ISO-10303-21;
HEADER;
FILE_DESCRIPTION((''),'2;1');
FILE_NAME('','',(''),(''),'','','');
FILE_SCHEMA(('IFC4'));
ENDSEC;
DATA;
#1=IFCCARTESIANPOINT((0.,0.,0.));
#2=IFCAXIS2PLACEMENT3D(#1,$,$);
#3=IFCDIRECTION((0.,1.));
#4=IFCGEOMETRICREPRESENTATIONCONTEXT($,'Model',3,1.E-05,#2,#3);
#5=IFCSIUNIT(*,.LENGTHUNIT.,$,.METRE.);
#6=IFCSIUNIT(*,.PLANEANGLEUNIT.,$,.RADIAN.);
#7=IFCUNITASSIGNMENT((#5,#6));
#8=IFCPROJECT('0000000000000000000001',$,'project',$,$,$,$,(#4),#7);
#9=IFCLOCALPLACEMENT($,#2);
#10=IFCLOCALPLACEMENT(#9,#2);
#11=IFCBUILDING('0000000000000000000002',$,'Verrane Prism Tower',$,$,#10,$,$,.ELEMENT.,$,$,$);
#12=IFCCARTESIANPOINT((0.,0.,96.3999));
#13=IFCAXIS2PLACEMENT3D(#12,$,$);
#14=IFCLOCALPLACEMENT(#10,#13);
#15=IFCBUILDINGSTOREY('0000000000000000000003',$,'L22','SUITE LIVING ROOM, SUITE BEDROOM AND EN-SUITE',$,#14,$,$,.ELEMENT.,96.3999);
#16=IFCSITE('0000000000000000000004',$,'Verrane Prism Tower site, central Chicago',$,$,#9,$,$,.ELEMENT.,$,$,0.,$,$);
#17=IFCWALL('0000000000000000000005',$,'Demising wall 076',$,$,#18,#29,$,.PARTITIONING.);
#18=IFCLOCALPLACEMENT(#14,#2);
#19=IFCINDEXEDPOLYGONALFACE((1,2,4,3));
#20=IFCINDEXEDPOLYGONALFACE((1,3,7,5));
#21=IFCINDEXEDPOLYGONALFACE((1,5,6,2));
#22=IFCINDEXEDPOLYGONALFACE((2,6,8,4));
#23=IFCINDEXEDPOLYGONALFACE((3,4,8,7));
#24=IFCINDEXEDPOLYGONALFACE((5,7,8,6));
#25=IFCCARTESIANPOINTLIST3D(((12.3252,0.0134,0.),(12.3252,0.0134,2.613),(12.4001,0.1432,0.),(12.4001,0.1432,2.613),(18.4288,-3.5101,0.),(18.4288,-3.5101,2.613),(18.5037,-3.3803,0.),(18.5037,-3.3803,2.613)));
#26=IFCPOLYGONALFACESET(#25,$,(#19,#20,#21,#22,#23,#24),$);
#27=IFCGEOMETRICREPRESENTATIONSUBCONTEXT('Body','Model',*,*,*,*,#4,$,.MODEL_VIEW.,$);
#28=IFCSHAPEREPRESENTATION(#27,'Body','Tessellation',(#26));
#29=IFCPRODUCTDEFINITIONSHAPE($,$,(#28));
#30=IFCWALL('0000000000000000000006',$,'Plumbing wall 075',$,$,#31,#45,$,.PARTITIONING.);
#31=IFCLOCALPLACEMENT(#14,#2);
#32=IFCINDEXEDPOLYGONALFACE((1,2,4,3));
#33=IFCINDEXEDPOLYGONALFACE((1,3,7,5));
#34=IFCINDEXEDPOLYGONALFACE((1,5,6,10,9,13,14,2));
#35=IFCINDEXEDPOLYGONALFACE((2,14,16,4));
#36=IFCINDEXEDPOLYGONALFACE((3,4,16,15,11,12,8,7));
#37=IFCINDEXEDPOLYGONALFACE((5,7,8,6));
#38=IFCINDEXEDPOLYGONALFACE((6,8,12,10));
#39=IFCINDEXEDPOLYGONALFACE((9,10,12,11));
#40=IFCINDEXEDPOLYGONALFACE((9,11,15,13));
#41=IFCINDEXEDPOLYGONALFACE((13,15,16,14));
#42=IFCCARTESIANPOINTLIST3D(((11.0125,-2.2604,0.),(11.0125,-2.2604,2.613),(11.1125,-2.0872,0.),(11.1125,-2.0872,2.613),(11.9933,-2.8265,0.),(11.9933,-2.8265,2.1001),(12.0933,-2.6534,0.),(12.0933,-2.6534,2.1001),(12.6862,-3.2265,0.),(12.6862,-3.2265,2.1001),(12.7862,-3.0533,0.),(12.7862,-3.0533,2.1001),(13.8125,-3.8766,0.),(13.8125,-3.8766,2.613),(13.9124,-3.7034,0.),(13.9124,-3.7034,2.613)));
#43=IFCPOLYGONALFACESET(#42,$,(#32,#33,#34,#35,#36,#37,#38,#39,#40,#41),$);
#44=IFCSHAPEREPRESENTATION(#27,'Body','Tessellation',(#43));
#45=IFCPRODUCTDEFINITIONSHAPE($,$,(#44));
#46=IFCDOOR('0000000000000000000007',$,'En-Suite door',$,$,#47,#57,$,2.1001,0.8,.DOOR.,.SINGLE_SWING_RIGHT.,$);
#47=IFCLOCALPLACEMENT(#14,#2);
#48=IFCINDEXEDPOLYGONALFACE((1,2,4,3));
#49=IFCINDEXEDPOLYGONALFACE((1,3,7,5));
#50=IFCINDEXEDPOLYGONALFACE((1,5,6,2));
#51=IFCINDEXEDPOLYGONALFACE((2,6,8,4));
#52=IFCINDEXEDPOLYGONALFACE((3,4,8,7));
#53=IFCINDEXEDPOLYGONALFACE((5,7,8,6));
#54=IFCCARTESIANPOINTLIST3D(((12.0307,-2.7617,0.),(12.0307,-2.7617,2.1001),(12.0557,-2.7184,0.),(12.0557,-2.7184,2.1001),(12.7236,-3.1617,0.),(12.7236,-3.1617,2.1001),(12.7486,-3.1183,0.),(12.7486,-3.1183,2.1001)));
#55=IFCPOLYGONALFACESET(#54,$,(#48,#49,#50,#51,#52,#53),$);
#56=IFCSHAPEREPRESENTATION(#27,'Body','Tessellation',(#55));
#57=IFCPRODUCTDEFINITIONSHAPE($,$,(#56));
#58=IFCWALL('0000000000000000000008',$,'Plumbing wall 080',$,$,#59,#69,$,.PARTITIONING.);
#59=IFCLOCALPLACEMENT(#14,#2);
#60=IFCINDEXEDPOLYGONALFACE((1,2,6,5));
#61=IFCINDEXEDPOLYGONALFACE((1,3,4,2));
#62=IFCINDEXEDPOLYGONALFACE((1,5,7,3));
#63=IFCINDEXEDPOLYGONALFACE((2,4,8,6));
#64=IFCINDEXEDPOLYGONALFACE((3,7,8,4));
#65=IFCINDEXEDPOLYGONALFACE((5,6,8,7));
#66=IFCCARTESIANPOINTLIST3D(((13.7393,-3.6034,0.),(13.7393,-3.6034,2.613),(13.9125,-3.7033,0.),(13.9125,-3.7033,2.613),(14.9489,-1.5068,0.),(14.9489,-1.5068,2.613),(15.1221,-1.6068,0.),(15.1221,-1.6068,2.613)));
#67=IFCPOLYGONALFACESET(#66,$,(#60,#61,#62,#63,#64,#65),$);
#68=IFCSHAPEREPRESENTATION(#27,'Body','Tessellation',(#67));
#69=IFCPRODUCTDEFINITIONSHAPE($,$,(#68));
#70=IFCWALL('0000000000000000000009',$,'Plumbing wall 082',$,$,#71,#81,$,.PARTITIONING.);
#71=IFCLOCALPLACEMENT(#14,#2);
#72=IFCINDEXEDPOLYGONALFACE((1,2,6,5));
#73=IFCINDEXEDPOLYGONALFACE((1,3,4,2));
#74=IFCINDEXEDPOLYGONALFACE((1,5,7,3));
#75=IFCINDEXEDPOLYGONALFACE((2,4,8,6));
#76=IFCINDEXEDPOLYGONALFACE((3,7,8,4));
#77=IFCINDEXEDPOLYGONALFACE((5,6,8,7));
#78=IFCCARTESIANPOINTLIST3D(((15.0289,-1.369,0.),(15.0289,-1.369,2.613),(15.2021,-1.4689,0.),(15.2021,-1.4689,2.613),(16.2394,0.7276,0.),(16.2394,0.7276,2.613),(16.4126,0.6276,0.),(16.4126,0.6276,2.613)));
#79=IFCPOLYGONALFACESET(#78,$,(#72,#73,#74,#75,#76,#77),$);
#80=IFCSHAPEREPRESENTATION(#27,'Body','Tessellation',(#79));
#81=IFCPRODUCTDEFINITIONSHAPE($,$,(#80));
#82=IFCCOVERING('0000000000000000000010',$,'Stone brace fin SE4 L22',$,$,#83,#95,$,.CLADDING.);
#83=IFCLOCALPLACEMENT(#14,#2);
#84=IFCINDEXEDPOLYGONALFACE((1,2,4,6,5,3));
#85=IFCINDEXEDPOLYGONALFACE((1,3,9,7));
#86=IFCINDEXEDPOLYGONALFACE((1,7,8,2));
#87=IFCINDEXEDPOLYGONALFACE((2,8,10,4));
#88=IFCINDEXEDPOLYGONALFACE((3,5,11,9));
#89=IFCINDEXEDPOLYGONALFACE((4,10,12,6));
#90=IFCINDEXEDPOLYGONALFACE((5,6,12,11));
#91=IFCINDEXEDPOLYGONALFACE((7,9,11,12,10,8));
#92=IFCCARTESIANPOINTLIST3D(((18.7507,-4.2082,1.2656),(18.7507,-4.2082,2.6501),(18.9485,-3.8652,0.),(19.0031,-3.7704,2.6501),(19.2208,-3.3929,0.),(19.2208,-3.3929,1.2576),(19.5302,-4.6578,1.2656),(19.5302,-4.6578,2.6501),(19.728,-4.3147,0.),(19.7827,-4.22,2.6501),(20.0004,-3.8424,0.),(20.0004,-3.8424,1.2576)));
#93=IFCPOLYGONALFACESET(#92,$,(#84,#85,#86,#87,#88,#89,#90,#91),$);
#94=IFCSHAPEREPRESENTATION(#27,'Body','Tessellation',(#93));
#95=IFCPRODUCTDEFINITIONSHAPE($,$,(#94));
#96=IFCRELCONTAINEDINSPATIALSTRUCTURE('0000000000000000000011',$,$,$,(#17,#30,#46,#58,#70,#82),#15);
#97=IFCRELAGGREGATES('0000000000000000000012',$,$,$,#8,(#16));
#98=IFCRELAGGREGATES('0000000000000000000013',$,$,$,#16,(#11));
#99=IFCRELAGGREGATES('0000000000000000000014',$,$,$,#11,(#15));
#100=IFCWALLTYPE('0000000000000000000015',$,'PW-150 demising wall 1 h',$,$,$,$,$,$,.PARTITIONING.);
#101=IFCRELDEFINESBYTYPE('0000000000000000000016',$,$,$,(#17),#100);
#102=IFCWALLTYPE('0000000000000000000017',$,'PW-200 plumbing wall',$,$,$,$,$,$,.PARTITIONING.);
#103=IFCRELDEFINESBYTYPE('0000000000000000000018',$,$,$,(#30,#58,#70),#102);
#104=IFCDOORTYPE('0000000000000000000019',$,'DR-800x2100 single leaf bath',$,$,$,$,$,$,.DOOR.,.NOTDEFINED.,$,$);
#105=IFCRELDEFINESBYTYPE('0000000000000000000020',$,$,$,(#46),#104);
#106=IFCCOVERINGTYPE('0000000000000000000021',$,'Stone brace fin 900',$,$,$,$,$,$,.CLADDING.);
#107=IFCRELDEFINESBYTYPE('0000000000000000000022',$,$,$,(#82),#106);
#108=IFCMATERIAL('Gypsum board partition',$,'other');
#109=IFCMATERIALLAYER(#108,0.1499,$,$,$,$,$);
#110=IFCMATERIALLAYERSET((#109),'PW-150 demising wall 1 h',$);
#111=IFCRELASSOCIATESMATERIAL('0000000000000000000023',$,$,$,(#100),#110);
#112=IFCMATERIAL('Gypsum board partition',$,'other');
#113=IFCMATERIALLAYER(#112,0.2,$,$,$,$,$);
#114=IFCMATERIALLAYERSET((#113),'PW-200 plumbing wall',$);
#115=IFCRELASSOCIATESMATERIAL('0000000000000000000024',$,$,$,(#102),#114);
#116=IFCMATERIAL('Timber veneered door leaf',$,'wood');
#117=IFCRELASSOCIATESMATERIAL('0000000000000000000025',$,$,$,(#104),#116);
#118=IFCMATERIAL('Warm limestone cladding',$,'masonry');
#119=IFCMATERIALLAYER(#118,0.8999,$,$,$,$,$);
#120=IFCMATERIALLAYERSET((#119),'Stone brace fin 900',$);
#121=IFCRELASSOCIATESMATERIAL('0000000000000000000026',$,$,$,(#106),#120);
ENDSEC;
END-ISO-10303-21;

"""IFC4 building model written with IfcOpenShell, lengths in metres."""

from ifc_helpers import new_model, si_unit, direction, frame, frame_2d, origin, place, context, subcontext, project, spatial, polyline, rectangle, outline, extrude, material, layer, layer_set, type_object, element, fill, save


model = new_model("IFC4")

# Units and contexts
model_context = context("Model", 3, precision=1e-05, world=origin(), true_north=direction((0.0, 1.0)))
body_context = subcontext(model_context, "Body", "Model", "MODEL_VIEW")
ifc_project = project(units=[si_unit("LENGTHUNIT", "METRE"), si_unit("PLANEANGLEUNIT", "RADIAN")], contexts=[model_context])

# Site, building, storey
site_placement = place(None, origin())
site = spatial("IfcSite", under=ifc_project, at=site_placement, Name="Verrane Prism Tower site, central Chicago", CompositionType="ELEMENT", RefElevation=0.0)
building_placement = place(site_placement, origin())
building = spatial("IfcBuilding", under=site, at=building_placement, Name="Verrane Prism Tower", CompositionType="ELEMENT")
storey_placement = place(building_placement, frame((0.0, 0.0, 96.3999)))
storey = spatial("IfcBuildingStorey", under=building, at=storey_placement, Name="L22", Description="SUITE LIVING ROOM, SUITE BEDROOM AND EN-SUITE", CompositionType="ELEMENT", Elevation=96.3999)

# Wall
ifc_material_1 = material(Name="Gypsum board partition", Category="other")
ifc_layer_1 = layer(ifc_material_1, 0.1499)
ifc_layer_set_1 = layer_set([ifc_layer_1], Name="PW-150 demising wall 1 h")
wall_type_1 = type_object("IfcWallType", Name="PW-150 demising wall 1 h", PredefinedType="PARTITIONING", material=ifc_layer_set_1)
wall_1_placement = place(storey_placement, frame((12.3625, 0.0784, 0.0), z_axis=(0.0, 0.0, 1.0), x_axis=(0.866052, -0.499954, 0.0)))
element("IfcWall", 1, at=wall_1_placement, inside=storey, type_object=wall_type_1, Name="Demising wall 076", PredefinedType="PARTITIONING", context=body_context, shape_type="SweptSolid", body=[
    extrude(rectangle(XDim=7.0476, YDim=0.1499, at=frame_2d((3.5239, 0.0))), origin(), (0.0, 0.0, 1.0), 2.613),
])

# Wall, opening, door
ifc_material_2 = material(Name="Gypsum board partition", Category="other")
ifc_layer_2 = layer(ifc_material_2, 0.2)
ifc_layer_set_2 = layer_set([ifc_layer_2], Name="PW-200 plumbing wall")
wall_type_2 = type_object("IfcWallType", Name="PW-200 plumbing wall", PredefinedType="PARTITIONING", material=ifc_layer_set_2)
wall_2_placement = place(storey_placement, frame((11.0625, -2.1738, 0.0), z_axis=(0.0, 0.0, 1.0), x_axis=(0.866079, -0.499908, 0.0)))
wall_2 = element("IfcWall", 2, at=wall_2_placement, inside=storey, type_object=wall_type_2, Name="Plumbing wall 075", PredefinedType="PARTITIONING", context=body_context, shape_type="SweptSolid", body=[
    extrude(rectangle(XDim=3.2329, YDim=0.2, at=frame_2d((1.6165, 0.0))), origin(), (0.0, 0.0, 1.0), 2.613),
])
opening_1_placement = place(wall_2_placement, frame((1.1326, 0.0, 0.0)))
opening_1 = element("IfcOpeningElement", 3, at=opening_1_placement, cuts=wall_2, PredefinedType="OPENING", context=body_context, shape_type="SweptSolid", body=[
    extrude(rectangle(XDim=0.8, YDim=2.1001, at=frame_2d((0.3999, 1.05))), frame((0.0, 0.1099, 0.0), z_axis=(0.0, -1.0, 0.0), x_axis=(1.0, 0.0, 0.0)), (0.0, 0.0, 1.0), 0.22),
])
ifc_material_3 = material(Name="Timber veneered door leaf", Category="wood")
door_type_1 = type_object("IfcDoorType", Name="DR-800x2100 single leaf bath", OperationType="NOTDEFINED", PredefinedType="DOOR", material=ifc_material_3)
door_1_placement = place(opening_1_placement, origin())
door_1 = element("IfcDoor", 4, at=door_1_placement, inside=storey, type_object=door_type_1, Name="En-Suite door", OperationType="SINGLE_SWING_RIGHT", OverallHeight=2.1001, OverallWidth=0.8, PredefinedType="DOOR", context=body_context, shape_type="SweptSolid", body=[
    extrude(rectangle(XDim=0.8, YDim=2.1001, at=frame_2d((0.3999, 1.05))), frame((0.0, 0.0249, 0.0), z_axis=(0.0, -1.0, 0.0), x_axis=(1.0, 0.0, 0.0)), (0.0, 0.0, 1.0), 0.05),
])
fill(opening_1, door_1)

# Walls
wall_3_placement = place(storey_placement, frame((13.8259, -3.6533, 0.0), z_axis=(0.0, 0.0, 1.0), x_axis=(0.49972, 0.866187, 0.0)))
element("IfcWall", 5, at=wall_3_placement, inside=storey, type_object=wall_type_2, Name="Plumbing wall 080", PredefinedType="PARTITIONING", context=body_context, shape_type="SweptSolid", body=[
    extrude(rectangle(XDim=2.4204, YDim=0.2, at=frame_2d((1.2102, 0.0))), origin(), (0.0, 0.0, 1.0), 2.613),
])
wall_4_placement = place(storey_placement, frame((15.1155, -1.4189, 0.0), z_axis=(0.0, 0.0, 1.0), x_axis=(0.500022, 0.866013, 0.0)))
element("IfcWall", 6, at=wall_4_placement, inside=storey, type_object=wall_type_2, Name="Plumbing wall 082", PredefinedType="PARTITIONING", context=body_context, shape_type="SweptSolid", body=[
    extrude(rectangle(XDim=2.4209, YDim=0.2, at=frame_2d((1.2104, 0.0))), origin(), (0.0, 0.0, 1.0), 2.613),
])

# Covering
ifc_material_4 = material(Name="Warm limestone cladding", Category="masonry")
ifc_layer_3 = layer(ifc_material_4, 0.8999)
ifc_layer_set_3 = layer_set([ifc_layer_3], Name="Stone brace fin 900")
covering_type = type_object("IfcCoveringType", Name="Stone brace fin 900", PredefinedType="CLADDING", material=ifc_layer_set_3)
covering_placement = place(storey_placement, frame((19.6106, -3.6177, 0.0), z_axis=(0.0, 0.0, 1.0), x_axis=(-0.499543, -0.866289, 0.0)))
element("IfcCovering", 7, at=covering_placement, inside=storey, type_object=covering_type, Name="Stone brace fin SE4 L22", PredefinedType="CLADDING", context=body_context, shape_type="SweptSolid", body=[
    extrude(outline(polyline([(0.9412, 2.6501), (0.4358, 2.6501), (0.0, 1.2576), (0.0, 0.0), (0.5452, 0.0), (0.9412, 1.2656), (0.9412, 2.6501)])), frame((0.0, 0.45, 0.0), z_axis=(0.0, -1.0, 0.0), x_axis=(1.0, 0.0, 0.0)), (0.0, 0.0, 1.0), 0.8999),
])

save(model, "model.ifc")
